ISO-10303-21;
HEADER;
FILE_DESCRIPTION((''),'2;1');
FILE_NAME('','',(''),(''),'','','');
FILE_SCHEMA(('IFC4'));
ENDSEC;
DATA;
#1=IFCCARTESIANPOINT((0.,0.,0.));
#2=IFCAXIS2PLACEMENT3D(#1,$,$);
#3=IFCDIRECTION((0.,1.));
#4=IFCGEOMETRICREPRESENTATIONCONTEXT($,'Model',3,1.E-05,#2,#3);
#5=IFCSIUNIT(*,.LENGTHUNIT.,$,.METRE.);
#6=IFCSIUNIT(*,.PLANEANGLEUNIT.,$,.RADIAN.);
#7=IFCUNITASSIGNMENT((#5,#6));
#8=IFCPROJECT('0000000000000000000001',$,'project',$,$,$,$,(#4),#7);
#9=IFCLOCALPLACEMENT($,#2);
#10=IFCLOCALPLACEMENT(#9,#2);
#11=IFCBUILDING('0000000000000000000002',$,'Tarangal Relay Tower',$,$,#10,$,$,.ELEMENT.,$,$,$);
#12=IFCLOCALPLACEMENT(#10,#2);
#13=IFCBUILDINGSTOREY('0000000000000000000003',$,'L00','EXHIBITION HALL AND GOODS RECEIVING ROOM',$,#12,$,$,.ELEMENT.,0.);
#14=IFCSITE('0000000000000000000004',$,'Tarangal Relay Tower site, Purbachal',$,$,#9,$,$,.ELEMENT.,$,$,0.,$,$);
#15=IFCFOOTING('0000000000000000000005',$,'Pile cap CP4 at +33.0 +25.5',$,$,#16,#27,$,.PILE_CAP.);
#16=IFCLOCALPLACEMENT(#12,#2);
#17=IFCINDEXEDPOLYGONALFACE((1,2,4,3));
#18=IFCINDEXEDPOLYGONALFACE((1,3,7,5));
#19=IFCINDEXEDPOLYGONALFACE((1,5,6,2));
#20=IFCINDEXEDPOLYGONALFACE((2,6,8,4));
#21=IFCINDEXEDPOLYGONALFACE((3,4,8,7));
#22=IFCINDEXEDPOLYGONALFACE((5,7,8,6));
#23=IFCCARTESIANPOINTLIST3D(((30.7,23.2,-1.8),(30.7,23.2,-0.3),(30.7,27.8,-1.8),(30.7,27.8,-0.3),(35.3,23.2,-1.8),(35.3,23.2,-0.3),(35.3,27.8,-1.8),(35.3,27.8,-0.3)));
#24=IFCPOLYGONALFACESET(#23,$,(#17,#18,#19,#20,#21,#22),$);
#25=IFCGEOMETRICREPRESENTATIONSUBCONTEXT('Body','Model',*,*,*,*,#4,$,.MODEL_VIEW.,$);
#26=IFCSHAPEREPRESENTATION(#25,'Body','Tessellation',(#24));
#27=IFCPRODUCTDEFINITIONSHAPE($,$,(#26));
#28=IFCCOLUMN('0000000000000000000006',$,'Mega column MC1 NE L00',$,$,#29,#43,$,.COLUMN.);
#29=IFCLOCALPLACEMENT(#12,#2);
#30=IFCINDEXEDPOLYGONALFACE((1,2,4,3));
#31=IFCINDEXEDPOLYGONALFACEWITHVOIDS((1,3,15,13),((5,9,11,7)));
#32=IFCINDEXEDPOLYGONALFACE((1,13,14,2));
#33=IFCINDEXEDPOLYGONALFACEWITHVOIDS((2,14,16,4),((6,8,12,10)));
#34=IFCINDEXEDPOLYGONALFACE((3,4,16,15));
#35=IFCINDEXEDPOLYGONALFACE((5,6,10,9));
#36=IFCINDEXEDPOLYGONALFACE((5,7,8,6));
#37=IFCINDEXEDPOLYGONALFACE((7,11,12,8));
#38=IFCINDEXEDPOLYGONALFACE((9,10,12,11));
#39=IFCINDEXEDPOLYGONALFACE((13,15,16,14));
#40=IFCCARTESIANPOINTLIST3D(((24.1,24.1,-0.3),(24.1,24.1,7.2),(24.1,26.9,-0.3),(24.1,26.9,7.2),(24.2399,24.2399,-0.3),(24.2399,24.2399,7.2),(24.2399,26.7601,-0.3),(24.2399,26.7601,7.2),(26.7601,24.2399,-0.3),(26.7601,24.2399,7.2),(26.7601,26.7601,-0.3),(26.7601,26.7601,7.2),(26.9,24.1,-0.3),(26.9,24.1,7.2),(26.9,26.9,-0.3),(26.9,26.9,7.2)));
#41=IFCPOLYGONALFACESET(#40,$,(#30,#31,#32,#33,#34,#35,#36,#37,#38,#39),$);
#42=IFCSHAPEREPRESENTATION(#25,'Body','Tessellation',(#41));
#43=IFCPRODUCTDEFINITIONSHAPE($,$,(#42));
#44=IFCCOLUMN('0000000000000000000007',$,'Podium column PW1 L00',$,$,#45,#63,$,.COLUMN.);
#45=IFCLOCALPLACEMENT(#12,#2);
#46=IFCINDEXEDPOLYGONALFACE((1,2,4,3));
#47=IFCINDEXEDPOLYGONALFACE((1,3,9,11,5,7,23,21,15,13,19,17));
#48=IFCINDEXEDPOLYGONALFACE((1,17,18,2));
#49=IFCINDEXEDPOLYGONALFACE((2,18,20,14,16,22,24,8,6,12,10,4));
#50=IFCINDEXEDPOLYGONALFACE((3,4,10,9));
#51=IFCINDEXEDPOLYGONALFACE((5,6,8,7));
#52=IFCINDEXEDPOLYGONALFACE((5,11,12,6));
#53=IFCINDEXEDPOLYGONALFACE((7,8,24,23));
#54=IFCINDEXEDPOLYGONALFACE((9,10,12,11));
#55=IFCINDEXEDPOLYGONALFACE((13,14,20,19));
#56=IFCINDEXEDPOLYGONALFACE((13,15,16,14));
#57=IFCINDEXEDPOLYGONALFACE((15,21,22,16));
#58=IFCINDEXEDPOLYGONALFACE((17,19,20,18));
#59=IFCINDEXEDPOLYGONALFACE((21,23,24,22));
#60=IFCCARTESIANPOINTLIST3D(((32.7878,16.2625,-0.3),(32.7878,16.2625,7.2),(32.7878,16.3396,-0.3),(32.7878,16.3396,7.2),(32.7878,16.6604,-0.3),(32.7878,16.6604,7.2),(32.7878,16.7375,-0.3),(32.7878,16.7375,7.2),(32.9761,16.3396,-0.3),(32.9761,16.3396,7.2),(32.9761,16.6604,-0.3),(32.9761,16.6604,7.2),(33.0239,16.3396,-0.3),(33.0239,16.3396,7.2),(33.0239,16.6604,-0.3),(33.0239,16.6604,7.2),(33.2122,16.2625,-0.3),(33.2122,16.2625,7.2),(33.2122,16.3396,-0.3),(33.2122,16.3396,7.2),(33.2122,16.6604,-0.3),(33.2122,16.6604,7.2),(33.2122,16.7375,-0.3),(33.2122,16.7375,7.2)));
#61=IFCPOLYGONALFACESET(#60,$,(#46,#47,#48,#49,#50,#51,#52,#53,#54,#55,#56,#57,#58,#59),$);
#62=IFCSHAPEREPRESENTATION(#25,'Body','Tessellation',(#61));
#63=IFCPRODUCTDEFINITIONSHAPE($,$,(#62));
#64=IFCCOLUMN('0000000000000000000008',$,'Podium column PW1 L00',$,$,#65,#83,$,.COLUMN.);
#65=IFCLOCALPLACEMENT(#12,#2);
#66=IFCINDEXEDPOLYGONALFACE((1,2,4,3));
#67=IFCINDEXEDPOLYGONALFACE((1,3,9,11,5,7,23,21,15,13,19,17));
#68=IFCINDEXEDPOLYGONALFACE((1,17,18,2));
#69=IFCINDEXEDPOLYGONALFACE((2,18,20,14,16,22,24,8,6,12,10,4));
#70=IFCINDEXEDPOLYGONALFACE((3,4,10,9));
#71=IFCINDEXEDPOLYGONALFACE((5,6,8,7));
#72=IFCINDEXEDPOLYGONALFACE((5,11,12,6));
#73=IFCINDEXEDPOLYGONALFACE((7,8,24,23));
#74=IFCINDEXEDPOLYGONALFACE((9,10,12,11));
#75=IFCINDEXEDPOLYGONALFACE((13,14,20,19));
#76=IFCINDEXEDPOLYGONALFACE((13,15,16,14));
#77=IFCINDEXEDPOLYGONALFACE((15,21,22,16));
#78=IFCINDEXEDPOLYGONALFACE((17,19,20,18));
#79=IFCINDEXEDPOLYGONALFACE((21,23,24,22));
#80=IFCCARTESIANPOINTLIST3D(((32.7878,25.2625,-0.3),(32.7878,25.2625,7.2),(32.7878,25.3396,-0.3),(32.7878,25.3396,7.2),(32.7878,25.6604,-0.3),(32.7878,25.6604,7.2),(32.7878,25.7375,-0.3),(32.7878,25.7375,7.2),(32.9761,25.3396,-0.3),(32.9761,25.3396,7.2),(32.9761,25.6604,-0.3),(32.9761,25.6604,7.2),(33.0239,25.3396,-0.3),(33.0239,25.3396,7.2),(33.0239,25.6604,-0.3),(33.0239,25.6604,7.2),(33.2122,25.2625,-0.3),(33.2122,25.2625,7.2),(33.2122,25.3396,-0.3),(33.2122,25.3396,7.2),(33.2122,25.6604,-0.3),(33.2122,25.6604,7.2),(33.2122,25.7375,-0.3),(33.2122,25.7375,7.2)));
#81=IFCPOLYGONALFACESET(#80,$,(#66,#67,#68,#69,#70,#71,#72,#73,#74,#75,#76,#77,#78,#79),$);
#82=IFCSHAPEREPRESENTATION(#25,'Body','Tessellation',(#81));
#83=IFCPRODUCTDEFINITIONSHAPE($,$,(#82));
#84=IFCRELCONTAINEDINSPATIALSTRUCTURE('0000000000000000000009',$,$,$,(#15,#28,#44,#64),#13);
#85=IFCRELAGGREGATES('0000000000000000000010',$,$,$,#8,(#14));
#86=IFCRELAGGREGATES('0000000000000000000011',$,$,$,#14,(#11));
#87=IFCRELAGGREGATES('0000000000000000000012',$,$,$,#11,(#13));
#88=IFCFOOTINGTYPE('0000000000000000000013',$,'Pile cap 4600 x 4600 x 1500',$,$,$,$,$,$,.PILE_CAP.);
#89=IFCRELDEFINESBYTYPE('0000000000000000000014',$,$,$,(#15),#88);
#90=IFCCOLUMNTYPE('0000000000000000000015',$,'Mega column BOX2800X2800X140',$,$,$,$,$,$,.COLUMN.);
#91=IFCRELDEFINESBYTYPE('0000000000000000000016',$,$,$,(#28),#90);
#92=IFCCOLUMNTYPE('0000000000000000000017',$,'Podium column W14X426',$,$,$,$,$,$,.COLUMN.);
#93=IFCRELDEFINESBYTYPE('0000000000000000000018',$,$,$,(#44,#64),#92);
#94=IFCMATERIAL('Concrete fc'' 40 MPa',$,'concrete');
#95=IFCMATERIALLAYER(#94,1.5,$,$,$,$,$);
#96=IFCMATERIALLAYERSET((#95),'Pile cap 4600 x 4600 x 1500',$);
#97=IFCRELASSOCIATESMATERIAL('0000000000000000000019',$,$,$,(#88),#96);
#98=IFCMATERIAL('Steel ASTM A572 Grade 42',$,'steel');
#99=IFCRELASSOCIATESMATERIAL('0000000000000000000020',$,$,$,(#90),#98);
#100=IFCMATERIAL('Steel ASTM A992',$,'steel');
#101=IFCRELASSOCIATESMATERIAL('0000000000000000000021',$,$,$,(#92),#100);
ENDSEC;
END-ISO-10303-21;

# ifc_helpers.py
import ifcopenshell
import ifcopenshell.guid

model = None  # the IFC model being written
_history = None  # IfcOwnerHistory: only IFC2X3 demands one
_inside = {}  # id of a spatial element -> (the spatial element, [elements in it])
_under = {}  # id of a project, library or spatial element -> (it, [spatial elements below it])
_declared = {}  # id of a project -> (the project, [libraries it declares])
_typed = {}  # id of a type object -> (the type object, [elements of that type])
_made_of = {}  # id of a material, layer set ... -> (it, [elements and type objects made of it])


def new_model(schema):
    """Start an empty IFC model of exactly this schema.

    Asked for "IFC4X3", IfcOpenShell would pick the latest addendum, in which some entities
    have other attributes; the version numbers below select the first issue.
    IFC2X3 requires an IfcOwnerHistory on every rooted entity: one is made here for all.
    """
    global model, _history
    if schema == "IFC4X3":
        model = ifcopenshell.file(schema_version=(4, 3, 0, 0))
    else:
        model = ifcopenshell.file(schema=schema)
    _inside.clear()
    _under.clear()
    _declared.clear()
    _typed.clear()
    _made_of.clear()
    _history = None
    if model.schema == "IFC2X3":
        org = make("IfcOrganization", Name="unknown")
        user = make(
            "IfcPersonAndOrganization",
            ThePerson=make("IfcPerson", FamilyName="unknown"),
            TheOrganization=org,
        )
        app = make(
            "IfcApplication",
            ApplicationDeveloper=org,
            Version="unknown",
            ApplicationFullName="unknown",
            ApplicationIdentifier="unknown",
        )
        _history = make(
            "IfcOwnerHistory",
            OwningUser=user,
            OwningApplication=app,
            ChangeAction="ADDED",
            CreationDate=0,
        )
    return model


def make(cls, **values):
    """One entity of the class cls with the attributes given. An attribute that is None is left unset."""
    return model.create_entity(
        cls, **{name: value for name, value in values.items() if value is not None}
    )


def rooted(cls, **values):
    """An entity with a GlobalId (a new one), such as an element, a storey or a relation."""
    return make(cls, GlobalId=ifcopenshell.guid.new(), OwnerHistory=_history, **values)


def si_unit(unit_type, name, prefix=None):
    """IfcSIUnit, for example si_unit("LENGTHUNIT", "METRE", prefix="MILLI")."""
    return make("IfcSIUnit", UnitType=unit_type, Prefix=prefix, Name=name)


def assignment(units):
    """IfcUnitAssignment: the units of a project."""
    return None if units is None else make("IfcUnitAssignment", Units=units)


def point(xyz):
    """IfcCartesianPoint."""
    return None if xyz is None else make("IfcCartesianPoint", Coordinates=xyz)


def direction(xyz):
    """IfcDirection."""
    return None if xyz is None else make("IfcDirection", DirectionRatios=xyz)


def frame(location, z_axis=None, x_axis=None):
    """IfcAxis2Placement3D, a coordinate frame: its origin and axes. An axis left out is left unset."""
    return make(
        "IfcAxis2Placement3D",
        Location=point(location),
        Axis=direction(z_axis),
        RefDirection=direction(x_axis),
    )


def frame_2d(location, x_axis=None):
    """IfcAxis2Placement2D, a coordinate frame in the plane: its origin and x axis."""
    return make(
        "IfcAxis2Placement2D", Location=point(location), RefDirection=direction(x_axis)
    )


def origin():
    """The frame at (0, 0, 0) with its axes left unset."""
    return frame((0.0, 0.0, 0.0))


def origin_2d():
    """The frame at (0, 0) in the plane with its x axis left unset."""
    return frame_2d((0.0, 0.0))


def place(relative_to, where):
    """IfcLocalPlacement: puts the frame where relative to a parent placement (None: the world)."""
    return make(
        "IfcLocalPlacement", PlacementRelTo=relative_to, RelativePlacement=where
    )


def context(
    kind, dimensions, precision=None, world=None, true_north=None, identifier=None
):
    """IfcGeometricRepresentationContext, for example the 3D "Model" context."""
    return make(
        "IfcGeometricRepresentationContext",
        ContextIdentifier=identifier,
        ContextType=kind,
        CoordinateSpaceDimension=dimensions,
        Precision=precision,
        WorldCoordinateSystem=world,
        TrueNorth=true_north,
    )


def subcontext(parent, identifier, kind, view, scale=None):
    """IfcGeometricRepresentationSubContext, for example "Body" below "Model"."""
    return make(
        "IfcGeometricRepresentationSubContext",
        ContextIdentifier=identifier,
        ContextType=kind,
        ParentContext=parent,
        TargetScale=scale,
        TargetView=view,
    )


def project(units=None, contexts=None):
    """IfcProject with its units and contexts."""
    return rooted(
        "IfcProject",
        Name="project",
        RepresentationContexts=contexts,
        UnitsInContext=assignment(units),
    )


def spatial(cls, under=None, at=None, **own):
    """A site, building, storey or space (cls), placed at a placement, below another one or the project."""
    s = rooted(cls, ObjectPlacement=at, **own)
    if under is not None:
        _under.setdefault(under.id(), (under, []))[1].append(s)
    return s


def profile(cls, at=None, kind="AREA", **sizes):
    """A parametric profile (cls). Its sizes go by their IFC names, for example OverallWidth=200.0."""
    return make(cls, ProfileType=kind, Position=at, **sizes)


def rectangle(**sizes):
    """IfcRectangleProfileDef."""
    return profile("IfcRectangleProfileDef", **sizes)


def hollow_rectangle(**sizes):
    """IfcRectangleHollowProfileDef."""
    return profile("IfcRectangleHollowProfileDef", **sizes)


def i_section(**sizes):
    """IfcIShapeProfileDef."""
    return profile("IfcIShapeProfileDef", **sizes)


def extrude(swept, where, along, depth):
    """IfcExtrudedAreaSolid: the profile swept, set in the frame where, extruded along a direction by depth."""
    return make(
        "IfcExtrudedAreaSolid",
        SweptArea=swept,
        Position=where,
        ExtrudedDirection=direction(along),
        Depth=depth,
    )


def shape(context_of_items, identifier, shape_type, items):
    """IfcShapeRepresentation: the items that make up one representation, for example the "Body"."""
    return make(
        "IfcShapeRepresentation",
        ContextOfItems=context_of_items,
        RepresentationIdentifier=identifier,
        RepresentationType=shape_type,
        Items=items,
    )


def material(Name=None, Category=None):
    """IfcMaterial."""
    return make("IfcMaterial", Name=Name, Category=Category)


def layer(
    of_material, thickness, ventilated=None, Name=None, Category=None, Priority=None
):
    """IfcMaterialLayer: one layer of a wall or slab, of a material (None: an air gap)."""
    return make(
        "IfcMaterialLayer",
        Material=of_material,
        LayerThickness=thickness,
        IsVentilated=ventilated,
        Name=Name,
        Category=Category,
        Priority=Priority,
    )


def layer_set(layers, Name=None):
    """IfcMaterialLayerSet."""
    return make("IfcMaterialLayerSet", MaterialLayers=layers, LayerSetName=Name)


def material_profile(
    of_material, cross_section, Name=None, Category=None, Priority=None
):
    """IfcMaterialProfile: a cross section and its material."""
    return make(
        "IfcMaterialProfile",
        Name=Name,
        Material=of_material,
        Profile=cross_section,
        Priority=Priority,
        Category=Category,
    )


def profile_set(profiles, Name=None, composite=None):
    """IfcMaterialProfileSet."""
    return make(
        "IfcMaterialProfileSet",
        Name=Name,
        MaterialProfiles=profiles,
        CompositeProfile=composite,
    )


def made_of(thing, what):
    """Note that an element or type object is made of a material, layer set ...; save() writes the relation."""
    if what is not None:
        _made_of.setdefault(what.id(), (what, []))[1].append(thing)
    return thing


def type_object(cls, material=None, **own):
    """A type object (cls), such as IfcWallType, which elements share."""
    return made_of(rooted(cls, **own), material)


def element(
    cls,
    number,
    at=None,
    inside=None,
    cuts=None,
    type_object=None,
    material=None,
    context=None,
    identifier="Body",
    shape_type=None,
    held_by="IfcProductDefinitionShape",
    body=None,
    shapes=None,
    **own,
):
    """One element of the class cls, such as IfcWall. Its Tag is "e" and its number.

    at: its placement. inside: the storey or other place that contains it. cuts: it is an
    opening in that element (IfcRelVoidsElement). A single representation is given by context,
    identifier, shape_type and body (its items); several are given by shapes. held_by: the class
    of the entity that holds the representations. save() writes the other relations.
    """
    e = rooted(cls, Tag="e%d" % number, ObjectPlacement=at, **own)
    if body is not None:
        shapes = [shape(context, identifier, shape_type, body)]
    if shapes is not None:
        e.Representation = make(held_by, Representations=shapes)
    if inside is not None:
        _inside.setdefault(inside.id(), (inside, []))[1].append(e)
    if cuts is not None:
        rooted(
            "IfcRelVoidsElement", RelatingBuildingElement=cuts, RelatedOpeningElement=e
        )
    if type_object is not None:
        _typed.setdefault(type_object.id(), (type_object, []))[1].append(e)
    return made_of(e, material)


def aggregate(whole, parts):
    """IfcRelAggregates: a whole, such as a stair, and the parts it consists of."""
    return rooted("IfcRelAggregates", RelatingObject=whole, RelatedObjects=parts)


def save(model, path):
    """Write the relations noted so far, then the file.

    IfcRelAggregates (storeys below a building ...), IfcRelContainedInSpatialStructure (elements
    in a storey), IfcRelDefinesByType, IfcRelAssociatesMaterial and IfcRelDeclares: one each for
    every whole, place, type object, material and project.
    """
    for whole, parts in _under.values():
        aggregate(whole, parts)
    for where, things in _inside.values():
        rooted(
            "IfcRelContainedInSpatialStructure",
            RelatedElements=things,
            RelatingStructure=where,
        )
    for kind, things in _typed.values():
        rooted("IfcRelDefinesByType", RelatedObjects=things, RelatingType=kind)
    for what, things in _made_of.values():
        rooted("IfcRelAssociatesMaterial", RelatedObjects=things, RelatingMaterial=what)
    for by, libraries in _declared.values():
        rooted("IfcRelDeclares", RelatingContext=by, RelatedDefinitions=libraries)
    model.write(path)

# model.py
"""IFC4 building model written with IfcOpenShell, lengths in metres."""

from ifc_helpers import new_model, si_unit, direction, frame, origin, origin_2d, place, context, subcontext, project, spatial, rectangle, hollow_rectangle, i_section, extrude, material, layer, layer_set, material_profile, profile_set, type_object, element, save


model = new_model("IFC4")

# Units and contexts
model_context = context("Model", 3, precision=1e-05, world=origin(), true_north=direction((0.0, 1.0)))
body_context = subcontext(model_context, "Body", "Model", "MODEL_VIEW")
ifc_project = project(units=[si_unit("LENGTHUNIT", "METRE"), si_unit("PLANEANGLEUNIT", "RADIAN")], contexts=[model_context])

# Site, building, storey
site_placement = place(None, origin())
site = spatial("IfcSite", under=ifc_project, at=site_placement, Name="Tarangal Relay Tower site, Purbachal", CompositionType="ELEMENT", RefElevation=0.0)
building_placement = place(site_placement, origin())
building = spatial("IfcBuilding", under=site, at=building_placement, Name="Tarangal Relay Tower", CompositionType="ELEMENT")
storey_placement = place(building_placement, origin())
storey = spatial("IfcBuildingStorey", under=building, at=storey_placement, Name="L00", Description="EXHIBITION HALL AND GOODS RECEIVING ROOM", CompositionType="ELEMENT", Elevation=0.0)

# Shared definitions
ifc_material_1 = material(Name="Concrete fc' 40 MPa", Category="concrete")

# Footing
ifc_layer_1 = layer(ifc_material_1, 1.5)
ifc_layer_set_1 = layer_set([ifc_layer_1], Name="Pile cap 4600 x 4600 x 1500")
footing_type_1 = type_object("IfcFootingType", Name="Pile cap 4600 x 4600 x 1500", PredefinedType="PILE_CAP", material=ifc_layer_set_1)
for number, where, z_axis, x_axis, name in (
    (1, (33.0, 25.5, -1.8), (0.0, 0.0, 1.0), (1.0, 0.0, 0.0), "Pile cap CP4 at +33.0 +25.5"),
):
    element("IfcFooting", number, at=place(storey_placement, frame(where, z_axis=z_axis, x_axis=x_axis)), inside=storey, type_object=footing_type_1, Name=name, PredefinedType="PILE_CAP", context=body_context, shape_type="SweptSolid", body=[
        extrude(rectangle(XDim=4.6001, YDim=4.6001, at=origin_2d()), origin(), (0.0, 0.0, 1.0), 1.5),
    ])

# Columns
ifc_material_2 = material(Name="Steel ASTM A572 Grade 42", Category="steel")
ifc_material_profile_1 = material_profile(ifc_material_2, hollow_rectangle(XDim=2.8, YDim=2.8, WallThickness=0.1399, at=origin_2d()), Name="BOX2800X2800X140")
ifc_profile_set_1 = profile_set([ifc_material_profile_1], Name="Steel ASTM A572 Grade 42")
column_type_1 = type_object("IfcColumnType", Name="Mega column BOX2800X2800X140", PredefinedType="COLUMN", material=ifc_profile_set_1)
column_placement = place(storey_placement, frame((25.5, 25.5, -0.3), z_axis=(0.0, 0.0, 1.0), x_axis=(1.0, 0.0, 0.0)))
element("IfcColumn", 2, at=column_placement, inside=storey, type_object=column_type_1, Name="Mega column MC1 NE L00", PredefinedType="COLUMN", context=body_context, shape_type="SweptSolid", body=[
    extrude(hollow_rectangle(XDim=2.8, YDim=2.8, WallThickness=0.1399, at=origin_2d()), origin(), (0.0, 0.0, 1.0), 7.5),
])
ifc_material_3 = material(Name="Steel ASTM A992", Category="steel")
ifc_material_profile_2 = material_profile(ifc_material_3, i_section(OverallWidth=0.4243, OverallDepth=0.4751, WebThickness=0.0479, FlangeThickness=0.0771, at=origin_2d()), Name="W14X426")
ifc_profile_set_2 = profile_set([ifc_material_profile_2], Name="Steel ASTM A992")
column_type_2 = type_object("IfcColumnType", Name="Podium column W14X426", PredefinedType="COLUMN", material=ifc_profile_set_2)
for number, where, z_axis, x_axis, name in (
    (3, (33.0, 16.5, -0.3), (0.0, 0.0, 1.0), (1.0, 0.0, 0.0), "Podium column PW1 L00"),
    (4, (33.0, 25.5, -0.3), (0.0, 0.0, 1.0), (1.0, 0.0, 0.0), "Podium column PW1 L00"),
):
    element("IfcColumn", number, at=place(storey_placement, frame(where, z_axis=z_axis, x_axis=x_axis)), inside=storey, type_object=column_type_2, Name=name, PredefinedType="COLUMN", context=body_context, shape_type="SweptSolid", body=[
        extrude(i_section(OverallWidth=0.4243, OverallDepth=0.4751, WebThickness=0.0479, FlangeThickness=0.0771, at=origin_2d()), origin(), (0.0, 0.0, 1.0), 7.5),
    ])

save(model, "model.ifc")
